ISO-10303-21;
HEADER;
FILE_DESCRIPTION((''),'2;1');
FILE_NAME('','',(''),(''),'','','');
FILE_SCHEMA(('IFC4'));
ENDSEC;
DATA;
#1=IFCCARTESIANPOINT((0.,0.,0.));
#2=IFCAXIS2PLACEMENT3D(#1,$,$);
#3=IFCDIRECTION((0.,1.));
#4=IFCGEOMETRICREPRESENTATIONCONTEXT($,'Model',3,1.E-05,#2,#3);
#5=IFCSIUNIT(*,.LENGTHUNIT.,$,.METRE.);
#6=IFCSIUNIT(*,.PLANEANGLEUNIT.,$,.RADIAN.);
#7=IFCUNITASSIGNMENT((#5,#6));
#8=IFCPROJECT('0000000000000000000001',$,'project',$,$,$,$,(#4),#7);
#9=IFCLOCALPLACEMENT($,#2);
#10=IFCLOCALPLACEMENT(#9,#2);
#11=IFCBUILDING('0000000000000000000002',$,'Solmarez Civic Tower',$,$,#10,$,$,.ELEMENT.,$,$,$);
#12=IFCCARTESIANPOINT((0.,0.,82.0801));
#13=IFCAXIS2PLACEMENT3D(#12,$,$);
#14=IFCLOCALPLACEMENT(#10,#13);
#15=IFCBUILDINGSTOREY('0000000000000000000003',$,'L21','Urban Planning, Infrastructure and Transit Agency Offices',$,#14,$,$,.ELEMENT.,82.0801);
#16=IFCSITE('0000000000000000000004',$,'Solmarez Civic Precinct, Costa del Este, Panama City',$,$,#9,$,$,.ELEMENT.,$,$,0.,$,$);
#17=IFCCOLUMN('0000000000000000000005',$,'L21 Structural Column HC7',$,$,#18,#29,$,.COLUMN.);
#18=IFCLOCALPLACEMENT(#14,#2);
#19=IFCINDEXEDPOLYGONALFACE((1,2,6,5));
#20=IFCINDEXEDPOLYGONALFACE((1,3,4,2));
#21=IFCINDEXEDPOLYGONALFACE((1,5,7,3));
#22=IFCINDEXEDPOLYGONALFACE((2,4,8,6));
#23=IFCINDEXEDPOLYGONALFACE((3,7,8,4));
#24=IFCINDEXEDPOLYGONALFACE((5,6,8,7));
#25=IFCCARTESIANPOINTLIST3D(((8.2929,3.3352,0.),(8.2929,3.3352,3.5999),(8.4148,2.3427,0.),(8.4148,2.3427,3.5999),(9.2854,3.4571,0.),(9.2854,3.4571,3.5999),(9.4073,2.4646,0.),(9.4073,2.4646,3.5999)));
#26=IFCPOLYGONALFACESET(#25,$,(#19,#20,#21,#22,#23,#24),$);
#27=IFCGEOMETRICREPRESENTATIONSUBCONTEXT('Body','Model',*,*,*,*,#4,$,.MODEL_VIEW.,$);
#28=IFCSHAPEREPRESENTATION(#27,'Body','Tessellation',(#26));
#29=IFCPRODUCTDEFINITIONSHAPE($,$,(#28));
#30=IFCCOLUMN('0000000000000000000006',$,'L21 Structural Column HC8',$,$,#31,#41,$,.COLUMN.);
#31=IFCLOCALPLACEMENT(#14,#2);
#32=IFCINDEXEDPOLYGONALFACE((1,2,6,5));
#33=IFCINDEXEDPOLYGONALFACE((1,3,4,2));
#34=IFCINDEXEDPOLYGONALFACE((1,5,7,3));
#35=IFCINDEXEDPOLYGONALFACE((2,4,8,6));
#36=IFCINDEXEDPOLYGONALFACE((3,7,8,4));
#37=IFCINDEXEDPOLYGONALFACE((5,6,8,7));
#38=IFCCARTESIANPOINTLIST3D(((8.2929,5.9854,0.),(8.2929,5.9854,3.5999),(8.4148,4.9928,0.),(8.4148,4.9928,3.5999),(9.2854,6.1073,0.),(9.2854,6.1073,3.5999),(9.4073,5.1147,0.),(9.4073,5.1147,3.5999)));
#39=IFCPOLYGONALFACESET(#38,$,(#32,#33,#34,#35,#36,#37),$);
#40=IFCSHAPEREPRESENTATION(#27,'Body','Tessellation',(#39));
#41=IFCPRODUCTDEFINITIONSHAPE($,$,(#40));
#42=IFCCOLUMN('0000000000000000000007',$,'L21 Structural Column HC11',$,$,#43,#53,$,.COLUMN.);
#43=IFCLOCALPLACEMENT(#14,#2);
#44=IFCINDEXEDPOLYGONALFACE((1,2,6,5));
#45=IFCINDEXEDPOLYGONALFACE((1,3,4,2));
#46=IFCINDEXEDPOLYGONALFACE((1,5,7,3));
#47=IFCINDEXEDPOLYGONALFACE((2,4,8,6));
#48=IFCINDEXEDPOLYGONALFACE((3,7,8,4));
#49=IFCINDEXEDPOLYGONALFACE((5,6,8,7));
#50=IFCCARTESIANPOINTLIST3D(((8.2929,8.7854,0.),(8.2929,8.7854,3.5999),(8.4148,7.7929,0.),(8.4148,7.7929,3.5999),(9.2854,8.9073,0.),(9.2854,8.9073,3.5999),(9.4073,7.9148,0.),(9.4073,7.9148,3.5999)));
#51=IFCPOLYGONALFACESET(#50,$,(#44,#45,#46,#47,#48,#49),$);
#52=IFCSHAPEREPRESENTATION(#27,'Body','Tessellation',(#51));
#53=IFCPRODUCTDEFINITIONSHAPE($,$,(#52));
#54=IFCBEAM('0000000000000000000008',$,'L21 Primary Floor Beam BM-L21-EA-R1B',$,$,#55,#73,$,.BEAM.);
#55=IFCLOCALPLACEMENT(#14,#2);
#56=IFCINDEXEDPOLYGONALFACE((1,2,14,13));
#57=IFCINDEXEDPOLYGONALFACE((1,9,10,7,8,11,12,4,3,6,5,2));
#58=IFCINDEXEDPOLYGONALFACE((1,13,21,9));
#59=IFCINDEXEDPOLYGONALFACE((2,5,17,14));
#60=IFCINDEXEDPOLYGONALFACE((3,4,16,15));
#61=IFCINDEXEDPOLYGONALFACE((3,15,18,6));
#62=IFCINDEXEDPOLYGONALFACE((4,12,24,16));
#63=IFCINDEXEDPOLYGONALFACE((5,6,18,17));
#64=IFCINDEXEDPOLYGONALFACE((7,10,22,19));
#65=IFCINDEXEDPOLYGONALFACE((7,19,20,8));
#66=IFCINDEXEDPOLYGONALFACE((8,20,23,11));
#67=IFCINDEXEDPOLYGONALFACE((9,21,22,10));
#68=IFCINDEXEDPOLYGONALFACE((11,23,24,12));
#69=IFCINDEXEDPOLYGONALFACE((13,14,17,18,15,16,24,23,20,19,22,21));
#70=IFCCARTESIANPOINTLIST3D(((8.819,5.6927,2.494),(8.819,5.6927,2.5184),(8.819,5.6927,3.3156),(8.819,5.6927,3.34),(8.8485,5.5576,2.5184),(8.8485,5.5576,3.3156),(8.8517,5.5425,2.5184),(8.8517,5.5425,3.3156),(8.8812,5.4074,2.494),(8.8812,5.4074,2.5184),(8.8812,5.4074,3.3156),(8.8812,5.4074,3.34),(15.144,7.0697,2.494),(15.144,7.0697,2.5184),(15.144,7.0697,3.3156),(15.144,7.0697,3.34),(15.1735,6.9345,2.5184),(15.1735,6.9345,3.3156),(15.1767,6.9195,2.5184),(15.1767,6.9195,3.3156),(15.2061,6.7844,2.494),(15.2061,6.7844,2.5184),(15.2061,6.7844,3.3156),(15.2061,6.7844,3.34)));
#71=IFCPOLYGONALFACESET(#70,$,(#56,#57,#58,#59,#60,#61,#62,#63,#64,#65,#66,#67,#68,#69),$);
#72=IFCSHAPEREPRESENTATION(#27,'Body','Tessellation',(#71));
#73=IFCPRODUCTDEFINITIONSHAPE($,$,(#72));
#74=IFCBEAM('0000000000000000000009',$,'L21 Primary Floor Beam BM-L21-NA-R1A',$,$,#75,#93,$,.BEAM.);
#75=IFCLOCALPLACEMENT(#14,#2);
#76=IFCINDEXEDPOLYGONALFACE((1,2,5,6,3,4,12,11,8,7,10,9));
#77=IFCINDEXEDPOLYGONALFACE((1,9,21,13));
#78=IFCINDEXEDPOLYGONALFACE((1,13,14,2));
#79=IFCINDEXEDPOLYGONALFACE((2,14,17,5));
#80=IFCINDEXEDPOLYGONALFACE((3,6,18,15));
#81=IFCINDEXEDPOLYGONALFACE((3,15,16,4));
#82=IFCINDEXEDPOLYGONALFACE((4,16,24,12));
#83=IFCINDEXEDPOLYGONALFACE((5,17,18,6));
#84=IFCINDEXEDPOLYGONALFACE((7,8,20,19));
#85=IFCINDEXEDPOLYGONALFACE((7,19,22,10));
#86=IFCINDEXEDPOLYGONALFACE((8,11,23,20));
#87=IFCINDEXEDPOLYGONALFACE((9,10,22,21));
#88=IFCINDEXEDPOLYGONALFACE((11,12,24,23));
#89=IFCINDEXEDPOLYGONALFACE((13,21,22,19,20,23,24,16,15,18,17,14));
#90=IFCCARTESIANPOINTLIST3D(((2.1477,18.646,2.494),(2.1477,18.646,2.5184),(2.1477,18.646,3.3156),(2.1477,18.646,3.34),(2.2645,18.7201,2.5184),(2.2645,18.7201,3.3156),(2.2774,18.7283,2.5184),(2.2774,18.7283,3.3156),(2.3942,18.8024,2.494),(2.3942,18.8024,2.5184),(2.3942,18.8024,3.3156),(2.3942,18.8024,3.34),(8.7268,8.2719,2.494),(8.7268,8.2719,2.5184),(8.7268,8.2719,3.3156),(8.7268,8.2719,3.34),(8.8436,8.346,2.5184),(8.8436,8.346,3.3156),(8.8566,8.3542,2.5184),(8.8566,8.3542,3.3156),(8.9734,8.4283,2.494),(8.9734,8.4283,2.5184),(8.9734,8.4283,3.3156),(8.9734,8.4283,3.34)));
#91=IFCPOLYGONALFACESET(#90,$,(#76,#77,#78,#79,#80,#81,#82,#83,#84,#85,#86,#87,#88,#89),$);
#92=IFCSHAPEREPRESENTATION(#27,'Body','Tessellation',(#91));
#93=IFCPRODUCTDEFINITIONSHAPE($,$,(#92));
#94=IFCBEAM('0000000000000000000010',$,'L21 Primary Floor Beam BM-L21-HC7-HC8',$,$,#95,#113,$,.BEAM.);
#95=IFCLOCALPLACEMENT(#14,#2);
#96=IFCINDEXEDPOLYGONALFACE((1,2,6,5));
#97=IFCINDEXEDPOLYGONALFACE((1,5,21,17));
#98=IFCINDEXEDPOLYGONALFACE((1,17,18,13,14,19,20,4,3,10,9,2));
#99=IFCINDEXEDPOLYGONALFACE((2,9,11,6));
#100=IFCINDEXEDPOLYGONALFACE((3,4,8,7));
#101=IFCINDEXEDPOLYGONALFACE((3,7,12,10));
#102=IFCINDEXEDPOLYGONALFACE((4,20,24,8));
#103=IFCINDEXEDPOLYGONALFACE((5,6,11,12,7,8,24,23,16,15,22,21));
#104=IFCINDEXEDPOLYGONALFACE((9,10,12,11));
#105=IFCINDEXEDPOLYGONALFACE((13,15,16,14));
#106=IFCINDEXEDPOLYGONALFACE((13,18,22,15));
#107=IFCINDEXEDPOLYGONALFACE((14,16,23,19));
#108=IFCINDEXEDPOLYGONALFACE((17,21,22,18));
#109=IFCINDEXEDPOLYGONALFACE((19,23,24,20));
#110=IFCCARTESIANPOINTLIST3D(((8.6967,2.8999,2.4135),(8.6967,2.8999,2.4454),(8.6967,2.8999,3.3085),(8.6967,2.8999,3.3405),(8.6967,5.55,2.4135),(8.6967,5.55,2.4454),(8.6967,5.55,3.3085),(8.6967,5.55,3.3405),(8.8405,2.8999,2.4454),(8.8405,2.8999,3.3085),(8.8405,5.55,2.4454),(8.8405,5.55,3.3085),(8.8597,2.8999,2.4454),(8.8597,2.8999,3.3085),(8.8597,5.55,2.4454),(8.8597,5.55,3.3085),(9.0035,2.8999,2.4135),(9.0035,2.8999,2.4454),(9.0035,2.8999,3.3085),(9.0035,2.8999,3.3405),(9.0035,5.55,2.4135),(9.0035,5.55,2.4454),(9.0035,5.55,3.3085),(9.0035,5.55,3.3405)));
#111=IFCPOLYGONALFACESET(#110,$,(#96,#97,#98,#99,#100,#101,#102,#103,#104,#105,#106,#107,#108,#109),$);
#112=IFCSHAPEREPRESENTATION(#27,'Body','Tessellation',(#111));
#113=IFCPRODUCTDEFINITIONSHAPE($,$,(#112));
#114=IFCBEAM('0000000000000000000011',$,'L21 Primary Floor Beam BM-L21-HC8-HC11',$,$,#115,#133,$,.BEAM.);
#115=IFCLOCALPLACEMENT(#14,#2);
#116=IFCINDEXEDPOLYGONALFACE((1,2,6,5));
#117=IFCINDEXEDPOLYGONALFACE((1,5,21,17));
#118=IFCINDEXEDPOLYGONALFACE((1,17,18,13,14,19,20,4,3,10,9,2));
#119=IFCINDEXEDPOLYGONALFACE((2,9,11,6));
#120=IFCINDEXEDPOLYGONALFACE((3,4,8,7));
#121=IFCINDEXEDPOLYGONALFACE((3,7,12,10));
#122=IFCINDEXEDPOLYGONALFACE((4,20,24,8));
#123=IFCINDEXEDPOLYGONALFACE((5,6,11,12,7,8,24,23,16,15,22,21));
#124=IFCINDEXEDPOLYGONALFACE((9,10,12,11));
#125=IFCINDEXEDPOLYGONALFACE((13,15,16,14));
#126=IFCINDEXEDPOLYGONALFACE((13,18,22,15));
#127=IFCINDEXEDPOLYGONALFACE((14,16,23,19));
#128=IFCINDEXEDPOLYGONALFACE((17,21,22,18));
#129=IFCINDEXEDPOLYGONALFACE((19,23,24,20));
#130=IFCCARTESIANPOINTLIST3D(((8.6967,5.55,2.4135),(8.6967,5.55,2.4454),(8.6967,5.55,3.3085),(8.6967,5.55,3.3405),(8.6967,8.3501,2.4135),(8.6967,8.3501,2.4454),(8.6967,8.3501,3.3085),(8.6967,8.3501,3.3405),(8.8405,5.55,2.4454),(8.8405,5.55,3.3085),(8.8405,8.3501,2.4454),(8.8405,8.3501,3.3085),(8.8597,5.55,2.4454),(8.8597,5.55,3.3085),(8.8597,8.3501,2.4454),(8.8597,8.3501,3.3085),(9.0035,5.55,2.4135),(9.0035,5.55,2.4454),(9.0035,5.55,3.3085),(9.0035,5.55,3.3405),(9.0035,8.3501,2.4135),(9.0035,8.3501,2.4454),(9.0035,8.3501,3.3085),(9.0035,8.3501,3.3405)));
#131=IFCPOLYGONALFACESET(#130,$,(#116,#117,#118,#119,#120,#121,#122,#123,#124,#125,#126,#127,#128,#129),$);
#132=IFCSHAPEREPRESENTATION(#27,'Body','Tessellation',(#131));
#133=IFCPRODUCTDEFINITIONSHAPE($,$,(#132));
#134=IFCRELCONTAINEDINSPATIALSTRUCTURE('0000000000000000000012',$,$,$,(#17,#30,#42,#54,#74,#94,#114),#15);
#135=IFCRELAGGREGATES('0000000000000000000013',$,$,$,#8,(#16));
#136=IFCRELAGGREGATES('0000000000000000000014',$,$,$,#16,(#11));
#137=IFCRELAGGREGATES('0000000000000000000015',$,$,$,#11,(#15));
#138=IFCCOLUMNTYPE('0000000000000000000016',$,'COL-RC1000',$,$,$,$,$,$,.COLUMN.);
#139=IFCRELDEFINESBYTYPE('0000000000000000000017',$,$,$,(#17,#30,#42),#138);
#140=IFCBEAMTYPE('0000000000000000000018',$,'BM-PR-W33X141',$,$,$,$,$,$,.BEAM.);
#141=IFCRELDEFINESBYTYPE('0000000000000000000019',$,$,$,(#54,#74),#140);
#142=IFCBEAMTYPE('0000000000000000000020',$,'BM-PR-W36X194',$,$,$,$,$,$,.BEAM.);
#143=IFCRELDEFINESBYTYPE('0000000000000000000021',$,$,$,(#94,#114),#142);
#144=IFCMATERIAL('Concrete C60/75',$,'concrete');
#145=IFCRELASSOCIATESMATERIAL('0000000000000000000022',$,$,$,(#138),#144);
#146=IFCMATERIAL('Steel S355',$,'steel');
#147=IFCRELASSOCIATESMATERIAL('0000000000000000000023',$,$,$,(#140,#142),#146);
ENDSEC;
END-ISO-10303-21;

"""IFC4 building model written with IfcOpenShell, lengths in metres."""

from ifc_helpers import new_model, si_unit, direction, frame, origin, origin_2d, place, context, subcontext, project, spatial, rectangle, i_section, extrude, material, material_profile, profile_set, type_object, element, save


model = new_model("IFC4")

# Units and contexts
model_context = context("Model", 3, precision=1e-05, world=origin(), true_north=direction((0.0, 1.0)))
body_context = subcontext(model_context, "Body", "Model", "MODEL_VIEW")
ifc_project = project(units=[si_unit("LENGTHUNIT", "METRE"), si_unit("PLANEANGLEUNIT", "RADIAN")], contexts=[model_context])

# Site, building, storey
site_placement = place(None, origin())
site = spatial("IfcSite", under=ifc_project, at=site_placement, Name="Solmarez Civic Precinct, Costa del Este, Panama City", CompositionType="ELEMENT", RefElevation=0.0)
building_placement = place(site_placement, origin())
building = spatial("IfcBuilding", under=site, at=building_placement, Name="Solmarez Civic Tower", CompositionType="ELEMENT")
storey_placement = place(building_placement, frame((0.0, 0.0, 82.0801)))
storey = spatial("IfcBuildingStorey", under=building, at=storey_placement, Name="L21", Description="Urban Planning, Infrastructure and Transit Agency Offices", CompositionType="ELEMENT", Elevation=82.0801)

# Columns
ifc_material_1 = material(Name="Concrete C60/75", Category="concrete")
ifc_material_profile_1 = material_profile(ifc_material_1, rectangle(XDim=1.0, YDim=1.0, at=origin_2d()), Name="RC1000X1000")
ifc_profile_set_1 = profile_set([ifc_material_profile_1], Name="Concrete C60/75")
column_type = type_object("IfcColumnType", Name="COL-RC1000", PredefinedType="COLUMN", material=ifc_profile_set_1)
for number, where, z_axis, x_axis, name in (
    (1, (8.8501, 2.8999, 0.0), (0.0, 0.0, 1.0), (0.992546, 0.121869, 0.0), "L21 Structural Column HC7"),
    (2, (8.8501, 5.55, 0.0), (0.0, 0.0, 1.0), (0.992546, 0.121869, 0.0), "L21 Structural Column HC8"),
    (3, (8.8501, 8.3501, 0.0), (0.0, 0.0, 1.0), (0.992546, 0.121869, 0.0), "L21 Structural Column HC11"),
):
    element("IfcColumn", number, at=place(storey_placement, frame(where, z_axis=z_axis, x_axis=x_axis)), inside=storey, type_object=column_type, Name=name, PredefinedType="COLUMN", context=body_context, shape_type="SweptSolid", body=[
        extrude(rectangle(XDim=1.0, YDim=1.0, at=origin_2d()), origin(), (0.0, 0.0, 1.0), 3.5999),
    ])

# Beams
ifc_material_2 = material(Name="Steel S355", Category="steel")
ifc_material_profile_2 = material_profile(ifc_material_2, i_section(OverallWidth=0.292, OverallDepth=0.8459, WebThickness=0.0154, FlangeThickness=0.0244, at=origin_2d()), Name="W33X141")
ifc_profile_set_2 = profile_set([ifc_material_profile_2], Name="Steel S355")
beam_type_1 = type_object("IfcBeamType", Name="BM-PR-W33X141", PredefinedType="BEAM", material=ifc_profile_set_2)
beam_1_placement = place(storey_placement, frame((8.8501, 5.55, 2.917), z_axis=(0.977113, 0.212719, 0.0), x_axis=(-0.212719, 0.977113, 0.0)))
element("IfcBeam", 4, at=beam_1_placement, inside=storey, type_object=beam_type_1, Name="L21 Primary Floor Beam BM-L21-EA-R1B", PredefinedType="BEAM", context=body_context, shape_type="SweptSolid", body=[
    extrude(i_section(OverallWidth=0.292, OverallDepth=0.8459, WebThickness=0.0154, FlangeThickness=0.0244, at=origin_2d()), origin(), (0.0, 0.0, 1.0), 6.4731),
])
beam_2_placement = place(storey_placement, frame((8.8501, 8.3501, 2.917), z_axis=(-0.535568, 0.844492, 0.0), x_axis=(-0.844492, -0.535568, 0.0)))
element("IfcBeam", 5, at=beam_2_placement, inside=storey, type_object=beam_type_1, Name="L21 Primary Floor Beam BM-L21-NA-R1A", PredefinedType="BEAM", context=body_context, shape_type="SweptSolid", body=[
    extrude(i_section(OverallWidth=0.292, OverallDepth=0.8459, WebThickness=0.0154, FlangeThickness=0.0244, at=origin_2d()), origin(), (0.0, 0.0, 1.0), 12.2844),
])
ifc_material_profile_3 = material_profile(ifc_material_2, i_section(OverallWidth=0.3069, OverallDepth=0.927, WebThickness=0.0193, FlangeThickness=0.032, at=origin_2d()), Name="W36X194")
ifc_profile_set_3 = profile_set([ifc_material_profile_3], Name="Steel S355")
beam_type_2 = type_object("IfcBeamType", Name="BM-PR-W36X194", PredefinedType="BEAM", material=ifc_profile_set_3)
beam_3_placement = place(storey_placement, frame((8.8501, 2.8999, 2.877), z_axis=(0.0, 1.0, 0.0), x_axis=(-1.0, 0.0, 0.0)))
element("IfcBeam", 6, at=beam_3_placement, inside=storey, type_object=beam_type_2, Name="L21 Primary Floor Beam BM-L21-HC7-HC8", PredefinedType="BEAM", context=body_context, shape_type="SweptSolid", body=[
    extrude(i_section(OverallWidth=0.3069, OverallDepth=0.927, WebThickness=0.0193, FlangeThickness=0.032, at=origin_2d()), origin(), (0.0, 0.0, 1.0), 2.6501),
])
beam_4_placement = place(storey_placement, frame((8.8501, 5.55, 2.877), z_axis=(0.0, 1.0, 0.0), x_axis=(-1.0, 0.0, 0.0)))
element("IfcBeam", 7, at=beam_4_placement, inside=storey, type_object=beam_type_2, Name="L21 Primary Floor Beam BM-L21-HC8-HC11", PredefinedType="BEAM", context=body_context, shape_type="SweptSolid", body=[
    extrude(i_section(OverallWidth=0.3069, OverallDepth=0.927, WebThickness=0.0193, FlangeThickness=0.032, at=origin_2d()), origin(), (0.0, 0.0, 1.0), 2.8),
])

save(model, "model.ifc")
